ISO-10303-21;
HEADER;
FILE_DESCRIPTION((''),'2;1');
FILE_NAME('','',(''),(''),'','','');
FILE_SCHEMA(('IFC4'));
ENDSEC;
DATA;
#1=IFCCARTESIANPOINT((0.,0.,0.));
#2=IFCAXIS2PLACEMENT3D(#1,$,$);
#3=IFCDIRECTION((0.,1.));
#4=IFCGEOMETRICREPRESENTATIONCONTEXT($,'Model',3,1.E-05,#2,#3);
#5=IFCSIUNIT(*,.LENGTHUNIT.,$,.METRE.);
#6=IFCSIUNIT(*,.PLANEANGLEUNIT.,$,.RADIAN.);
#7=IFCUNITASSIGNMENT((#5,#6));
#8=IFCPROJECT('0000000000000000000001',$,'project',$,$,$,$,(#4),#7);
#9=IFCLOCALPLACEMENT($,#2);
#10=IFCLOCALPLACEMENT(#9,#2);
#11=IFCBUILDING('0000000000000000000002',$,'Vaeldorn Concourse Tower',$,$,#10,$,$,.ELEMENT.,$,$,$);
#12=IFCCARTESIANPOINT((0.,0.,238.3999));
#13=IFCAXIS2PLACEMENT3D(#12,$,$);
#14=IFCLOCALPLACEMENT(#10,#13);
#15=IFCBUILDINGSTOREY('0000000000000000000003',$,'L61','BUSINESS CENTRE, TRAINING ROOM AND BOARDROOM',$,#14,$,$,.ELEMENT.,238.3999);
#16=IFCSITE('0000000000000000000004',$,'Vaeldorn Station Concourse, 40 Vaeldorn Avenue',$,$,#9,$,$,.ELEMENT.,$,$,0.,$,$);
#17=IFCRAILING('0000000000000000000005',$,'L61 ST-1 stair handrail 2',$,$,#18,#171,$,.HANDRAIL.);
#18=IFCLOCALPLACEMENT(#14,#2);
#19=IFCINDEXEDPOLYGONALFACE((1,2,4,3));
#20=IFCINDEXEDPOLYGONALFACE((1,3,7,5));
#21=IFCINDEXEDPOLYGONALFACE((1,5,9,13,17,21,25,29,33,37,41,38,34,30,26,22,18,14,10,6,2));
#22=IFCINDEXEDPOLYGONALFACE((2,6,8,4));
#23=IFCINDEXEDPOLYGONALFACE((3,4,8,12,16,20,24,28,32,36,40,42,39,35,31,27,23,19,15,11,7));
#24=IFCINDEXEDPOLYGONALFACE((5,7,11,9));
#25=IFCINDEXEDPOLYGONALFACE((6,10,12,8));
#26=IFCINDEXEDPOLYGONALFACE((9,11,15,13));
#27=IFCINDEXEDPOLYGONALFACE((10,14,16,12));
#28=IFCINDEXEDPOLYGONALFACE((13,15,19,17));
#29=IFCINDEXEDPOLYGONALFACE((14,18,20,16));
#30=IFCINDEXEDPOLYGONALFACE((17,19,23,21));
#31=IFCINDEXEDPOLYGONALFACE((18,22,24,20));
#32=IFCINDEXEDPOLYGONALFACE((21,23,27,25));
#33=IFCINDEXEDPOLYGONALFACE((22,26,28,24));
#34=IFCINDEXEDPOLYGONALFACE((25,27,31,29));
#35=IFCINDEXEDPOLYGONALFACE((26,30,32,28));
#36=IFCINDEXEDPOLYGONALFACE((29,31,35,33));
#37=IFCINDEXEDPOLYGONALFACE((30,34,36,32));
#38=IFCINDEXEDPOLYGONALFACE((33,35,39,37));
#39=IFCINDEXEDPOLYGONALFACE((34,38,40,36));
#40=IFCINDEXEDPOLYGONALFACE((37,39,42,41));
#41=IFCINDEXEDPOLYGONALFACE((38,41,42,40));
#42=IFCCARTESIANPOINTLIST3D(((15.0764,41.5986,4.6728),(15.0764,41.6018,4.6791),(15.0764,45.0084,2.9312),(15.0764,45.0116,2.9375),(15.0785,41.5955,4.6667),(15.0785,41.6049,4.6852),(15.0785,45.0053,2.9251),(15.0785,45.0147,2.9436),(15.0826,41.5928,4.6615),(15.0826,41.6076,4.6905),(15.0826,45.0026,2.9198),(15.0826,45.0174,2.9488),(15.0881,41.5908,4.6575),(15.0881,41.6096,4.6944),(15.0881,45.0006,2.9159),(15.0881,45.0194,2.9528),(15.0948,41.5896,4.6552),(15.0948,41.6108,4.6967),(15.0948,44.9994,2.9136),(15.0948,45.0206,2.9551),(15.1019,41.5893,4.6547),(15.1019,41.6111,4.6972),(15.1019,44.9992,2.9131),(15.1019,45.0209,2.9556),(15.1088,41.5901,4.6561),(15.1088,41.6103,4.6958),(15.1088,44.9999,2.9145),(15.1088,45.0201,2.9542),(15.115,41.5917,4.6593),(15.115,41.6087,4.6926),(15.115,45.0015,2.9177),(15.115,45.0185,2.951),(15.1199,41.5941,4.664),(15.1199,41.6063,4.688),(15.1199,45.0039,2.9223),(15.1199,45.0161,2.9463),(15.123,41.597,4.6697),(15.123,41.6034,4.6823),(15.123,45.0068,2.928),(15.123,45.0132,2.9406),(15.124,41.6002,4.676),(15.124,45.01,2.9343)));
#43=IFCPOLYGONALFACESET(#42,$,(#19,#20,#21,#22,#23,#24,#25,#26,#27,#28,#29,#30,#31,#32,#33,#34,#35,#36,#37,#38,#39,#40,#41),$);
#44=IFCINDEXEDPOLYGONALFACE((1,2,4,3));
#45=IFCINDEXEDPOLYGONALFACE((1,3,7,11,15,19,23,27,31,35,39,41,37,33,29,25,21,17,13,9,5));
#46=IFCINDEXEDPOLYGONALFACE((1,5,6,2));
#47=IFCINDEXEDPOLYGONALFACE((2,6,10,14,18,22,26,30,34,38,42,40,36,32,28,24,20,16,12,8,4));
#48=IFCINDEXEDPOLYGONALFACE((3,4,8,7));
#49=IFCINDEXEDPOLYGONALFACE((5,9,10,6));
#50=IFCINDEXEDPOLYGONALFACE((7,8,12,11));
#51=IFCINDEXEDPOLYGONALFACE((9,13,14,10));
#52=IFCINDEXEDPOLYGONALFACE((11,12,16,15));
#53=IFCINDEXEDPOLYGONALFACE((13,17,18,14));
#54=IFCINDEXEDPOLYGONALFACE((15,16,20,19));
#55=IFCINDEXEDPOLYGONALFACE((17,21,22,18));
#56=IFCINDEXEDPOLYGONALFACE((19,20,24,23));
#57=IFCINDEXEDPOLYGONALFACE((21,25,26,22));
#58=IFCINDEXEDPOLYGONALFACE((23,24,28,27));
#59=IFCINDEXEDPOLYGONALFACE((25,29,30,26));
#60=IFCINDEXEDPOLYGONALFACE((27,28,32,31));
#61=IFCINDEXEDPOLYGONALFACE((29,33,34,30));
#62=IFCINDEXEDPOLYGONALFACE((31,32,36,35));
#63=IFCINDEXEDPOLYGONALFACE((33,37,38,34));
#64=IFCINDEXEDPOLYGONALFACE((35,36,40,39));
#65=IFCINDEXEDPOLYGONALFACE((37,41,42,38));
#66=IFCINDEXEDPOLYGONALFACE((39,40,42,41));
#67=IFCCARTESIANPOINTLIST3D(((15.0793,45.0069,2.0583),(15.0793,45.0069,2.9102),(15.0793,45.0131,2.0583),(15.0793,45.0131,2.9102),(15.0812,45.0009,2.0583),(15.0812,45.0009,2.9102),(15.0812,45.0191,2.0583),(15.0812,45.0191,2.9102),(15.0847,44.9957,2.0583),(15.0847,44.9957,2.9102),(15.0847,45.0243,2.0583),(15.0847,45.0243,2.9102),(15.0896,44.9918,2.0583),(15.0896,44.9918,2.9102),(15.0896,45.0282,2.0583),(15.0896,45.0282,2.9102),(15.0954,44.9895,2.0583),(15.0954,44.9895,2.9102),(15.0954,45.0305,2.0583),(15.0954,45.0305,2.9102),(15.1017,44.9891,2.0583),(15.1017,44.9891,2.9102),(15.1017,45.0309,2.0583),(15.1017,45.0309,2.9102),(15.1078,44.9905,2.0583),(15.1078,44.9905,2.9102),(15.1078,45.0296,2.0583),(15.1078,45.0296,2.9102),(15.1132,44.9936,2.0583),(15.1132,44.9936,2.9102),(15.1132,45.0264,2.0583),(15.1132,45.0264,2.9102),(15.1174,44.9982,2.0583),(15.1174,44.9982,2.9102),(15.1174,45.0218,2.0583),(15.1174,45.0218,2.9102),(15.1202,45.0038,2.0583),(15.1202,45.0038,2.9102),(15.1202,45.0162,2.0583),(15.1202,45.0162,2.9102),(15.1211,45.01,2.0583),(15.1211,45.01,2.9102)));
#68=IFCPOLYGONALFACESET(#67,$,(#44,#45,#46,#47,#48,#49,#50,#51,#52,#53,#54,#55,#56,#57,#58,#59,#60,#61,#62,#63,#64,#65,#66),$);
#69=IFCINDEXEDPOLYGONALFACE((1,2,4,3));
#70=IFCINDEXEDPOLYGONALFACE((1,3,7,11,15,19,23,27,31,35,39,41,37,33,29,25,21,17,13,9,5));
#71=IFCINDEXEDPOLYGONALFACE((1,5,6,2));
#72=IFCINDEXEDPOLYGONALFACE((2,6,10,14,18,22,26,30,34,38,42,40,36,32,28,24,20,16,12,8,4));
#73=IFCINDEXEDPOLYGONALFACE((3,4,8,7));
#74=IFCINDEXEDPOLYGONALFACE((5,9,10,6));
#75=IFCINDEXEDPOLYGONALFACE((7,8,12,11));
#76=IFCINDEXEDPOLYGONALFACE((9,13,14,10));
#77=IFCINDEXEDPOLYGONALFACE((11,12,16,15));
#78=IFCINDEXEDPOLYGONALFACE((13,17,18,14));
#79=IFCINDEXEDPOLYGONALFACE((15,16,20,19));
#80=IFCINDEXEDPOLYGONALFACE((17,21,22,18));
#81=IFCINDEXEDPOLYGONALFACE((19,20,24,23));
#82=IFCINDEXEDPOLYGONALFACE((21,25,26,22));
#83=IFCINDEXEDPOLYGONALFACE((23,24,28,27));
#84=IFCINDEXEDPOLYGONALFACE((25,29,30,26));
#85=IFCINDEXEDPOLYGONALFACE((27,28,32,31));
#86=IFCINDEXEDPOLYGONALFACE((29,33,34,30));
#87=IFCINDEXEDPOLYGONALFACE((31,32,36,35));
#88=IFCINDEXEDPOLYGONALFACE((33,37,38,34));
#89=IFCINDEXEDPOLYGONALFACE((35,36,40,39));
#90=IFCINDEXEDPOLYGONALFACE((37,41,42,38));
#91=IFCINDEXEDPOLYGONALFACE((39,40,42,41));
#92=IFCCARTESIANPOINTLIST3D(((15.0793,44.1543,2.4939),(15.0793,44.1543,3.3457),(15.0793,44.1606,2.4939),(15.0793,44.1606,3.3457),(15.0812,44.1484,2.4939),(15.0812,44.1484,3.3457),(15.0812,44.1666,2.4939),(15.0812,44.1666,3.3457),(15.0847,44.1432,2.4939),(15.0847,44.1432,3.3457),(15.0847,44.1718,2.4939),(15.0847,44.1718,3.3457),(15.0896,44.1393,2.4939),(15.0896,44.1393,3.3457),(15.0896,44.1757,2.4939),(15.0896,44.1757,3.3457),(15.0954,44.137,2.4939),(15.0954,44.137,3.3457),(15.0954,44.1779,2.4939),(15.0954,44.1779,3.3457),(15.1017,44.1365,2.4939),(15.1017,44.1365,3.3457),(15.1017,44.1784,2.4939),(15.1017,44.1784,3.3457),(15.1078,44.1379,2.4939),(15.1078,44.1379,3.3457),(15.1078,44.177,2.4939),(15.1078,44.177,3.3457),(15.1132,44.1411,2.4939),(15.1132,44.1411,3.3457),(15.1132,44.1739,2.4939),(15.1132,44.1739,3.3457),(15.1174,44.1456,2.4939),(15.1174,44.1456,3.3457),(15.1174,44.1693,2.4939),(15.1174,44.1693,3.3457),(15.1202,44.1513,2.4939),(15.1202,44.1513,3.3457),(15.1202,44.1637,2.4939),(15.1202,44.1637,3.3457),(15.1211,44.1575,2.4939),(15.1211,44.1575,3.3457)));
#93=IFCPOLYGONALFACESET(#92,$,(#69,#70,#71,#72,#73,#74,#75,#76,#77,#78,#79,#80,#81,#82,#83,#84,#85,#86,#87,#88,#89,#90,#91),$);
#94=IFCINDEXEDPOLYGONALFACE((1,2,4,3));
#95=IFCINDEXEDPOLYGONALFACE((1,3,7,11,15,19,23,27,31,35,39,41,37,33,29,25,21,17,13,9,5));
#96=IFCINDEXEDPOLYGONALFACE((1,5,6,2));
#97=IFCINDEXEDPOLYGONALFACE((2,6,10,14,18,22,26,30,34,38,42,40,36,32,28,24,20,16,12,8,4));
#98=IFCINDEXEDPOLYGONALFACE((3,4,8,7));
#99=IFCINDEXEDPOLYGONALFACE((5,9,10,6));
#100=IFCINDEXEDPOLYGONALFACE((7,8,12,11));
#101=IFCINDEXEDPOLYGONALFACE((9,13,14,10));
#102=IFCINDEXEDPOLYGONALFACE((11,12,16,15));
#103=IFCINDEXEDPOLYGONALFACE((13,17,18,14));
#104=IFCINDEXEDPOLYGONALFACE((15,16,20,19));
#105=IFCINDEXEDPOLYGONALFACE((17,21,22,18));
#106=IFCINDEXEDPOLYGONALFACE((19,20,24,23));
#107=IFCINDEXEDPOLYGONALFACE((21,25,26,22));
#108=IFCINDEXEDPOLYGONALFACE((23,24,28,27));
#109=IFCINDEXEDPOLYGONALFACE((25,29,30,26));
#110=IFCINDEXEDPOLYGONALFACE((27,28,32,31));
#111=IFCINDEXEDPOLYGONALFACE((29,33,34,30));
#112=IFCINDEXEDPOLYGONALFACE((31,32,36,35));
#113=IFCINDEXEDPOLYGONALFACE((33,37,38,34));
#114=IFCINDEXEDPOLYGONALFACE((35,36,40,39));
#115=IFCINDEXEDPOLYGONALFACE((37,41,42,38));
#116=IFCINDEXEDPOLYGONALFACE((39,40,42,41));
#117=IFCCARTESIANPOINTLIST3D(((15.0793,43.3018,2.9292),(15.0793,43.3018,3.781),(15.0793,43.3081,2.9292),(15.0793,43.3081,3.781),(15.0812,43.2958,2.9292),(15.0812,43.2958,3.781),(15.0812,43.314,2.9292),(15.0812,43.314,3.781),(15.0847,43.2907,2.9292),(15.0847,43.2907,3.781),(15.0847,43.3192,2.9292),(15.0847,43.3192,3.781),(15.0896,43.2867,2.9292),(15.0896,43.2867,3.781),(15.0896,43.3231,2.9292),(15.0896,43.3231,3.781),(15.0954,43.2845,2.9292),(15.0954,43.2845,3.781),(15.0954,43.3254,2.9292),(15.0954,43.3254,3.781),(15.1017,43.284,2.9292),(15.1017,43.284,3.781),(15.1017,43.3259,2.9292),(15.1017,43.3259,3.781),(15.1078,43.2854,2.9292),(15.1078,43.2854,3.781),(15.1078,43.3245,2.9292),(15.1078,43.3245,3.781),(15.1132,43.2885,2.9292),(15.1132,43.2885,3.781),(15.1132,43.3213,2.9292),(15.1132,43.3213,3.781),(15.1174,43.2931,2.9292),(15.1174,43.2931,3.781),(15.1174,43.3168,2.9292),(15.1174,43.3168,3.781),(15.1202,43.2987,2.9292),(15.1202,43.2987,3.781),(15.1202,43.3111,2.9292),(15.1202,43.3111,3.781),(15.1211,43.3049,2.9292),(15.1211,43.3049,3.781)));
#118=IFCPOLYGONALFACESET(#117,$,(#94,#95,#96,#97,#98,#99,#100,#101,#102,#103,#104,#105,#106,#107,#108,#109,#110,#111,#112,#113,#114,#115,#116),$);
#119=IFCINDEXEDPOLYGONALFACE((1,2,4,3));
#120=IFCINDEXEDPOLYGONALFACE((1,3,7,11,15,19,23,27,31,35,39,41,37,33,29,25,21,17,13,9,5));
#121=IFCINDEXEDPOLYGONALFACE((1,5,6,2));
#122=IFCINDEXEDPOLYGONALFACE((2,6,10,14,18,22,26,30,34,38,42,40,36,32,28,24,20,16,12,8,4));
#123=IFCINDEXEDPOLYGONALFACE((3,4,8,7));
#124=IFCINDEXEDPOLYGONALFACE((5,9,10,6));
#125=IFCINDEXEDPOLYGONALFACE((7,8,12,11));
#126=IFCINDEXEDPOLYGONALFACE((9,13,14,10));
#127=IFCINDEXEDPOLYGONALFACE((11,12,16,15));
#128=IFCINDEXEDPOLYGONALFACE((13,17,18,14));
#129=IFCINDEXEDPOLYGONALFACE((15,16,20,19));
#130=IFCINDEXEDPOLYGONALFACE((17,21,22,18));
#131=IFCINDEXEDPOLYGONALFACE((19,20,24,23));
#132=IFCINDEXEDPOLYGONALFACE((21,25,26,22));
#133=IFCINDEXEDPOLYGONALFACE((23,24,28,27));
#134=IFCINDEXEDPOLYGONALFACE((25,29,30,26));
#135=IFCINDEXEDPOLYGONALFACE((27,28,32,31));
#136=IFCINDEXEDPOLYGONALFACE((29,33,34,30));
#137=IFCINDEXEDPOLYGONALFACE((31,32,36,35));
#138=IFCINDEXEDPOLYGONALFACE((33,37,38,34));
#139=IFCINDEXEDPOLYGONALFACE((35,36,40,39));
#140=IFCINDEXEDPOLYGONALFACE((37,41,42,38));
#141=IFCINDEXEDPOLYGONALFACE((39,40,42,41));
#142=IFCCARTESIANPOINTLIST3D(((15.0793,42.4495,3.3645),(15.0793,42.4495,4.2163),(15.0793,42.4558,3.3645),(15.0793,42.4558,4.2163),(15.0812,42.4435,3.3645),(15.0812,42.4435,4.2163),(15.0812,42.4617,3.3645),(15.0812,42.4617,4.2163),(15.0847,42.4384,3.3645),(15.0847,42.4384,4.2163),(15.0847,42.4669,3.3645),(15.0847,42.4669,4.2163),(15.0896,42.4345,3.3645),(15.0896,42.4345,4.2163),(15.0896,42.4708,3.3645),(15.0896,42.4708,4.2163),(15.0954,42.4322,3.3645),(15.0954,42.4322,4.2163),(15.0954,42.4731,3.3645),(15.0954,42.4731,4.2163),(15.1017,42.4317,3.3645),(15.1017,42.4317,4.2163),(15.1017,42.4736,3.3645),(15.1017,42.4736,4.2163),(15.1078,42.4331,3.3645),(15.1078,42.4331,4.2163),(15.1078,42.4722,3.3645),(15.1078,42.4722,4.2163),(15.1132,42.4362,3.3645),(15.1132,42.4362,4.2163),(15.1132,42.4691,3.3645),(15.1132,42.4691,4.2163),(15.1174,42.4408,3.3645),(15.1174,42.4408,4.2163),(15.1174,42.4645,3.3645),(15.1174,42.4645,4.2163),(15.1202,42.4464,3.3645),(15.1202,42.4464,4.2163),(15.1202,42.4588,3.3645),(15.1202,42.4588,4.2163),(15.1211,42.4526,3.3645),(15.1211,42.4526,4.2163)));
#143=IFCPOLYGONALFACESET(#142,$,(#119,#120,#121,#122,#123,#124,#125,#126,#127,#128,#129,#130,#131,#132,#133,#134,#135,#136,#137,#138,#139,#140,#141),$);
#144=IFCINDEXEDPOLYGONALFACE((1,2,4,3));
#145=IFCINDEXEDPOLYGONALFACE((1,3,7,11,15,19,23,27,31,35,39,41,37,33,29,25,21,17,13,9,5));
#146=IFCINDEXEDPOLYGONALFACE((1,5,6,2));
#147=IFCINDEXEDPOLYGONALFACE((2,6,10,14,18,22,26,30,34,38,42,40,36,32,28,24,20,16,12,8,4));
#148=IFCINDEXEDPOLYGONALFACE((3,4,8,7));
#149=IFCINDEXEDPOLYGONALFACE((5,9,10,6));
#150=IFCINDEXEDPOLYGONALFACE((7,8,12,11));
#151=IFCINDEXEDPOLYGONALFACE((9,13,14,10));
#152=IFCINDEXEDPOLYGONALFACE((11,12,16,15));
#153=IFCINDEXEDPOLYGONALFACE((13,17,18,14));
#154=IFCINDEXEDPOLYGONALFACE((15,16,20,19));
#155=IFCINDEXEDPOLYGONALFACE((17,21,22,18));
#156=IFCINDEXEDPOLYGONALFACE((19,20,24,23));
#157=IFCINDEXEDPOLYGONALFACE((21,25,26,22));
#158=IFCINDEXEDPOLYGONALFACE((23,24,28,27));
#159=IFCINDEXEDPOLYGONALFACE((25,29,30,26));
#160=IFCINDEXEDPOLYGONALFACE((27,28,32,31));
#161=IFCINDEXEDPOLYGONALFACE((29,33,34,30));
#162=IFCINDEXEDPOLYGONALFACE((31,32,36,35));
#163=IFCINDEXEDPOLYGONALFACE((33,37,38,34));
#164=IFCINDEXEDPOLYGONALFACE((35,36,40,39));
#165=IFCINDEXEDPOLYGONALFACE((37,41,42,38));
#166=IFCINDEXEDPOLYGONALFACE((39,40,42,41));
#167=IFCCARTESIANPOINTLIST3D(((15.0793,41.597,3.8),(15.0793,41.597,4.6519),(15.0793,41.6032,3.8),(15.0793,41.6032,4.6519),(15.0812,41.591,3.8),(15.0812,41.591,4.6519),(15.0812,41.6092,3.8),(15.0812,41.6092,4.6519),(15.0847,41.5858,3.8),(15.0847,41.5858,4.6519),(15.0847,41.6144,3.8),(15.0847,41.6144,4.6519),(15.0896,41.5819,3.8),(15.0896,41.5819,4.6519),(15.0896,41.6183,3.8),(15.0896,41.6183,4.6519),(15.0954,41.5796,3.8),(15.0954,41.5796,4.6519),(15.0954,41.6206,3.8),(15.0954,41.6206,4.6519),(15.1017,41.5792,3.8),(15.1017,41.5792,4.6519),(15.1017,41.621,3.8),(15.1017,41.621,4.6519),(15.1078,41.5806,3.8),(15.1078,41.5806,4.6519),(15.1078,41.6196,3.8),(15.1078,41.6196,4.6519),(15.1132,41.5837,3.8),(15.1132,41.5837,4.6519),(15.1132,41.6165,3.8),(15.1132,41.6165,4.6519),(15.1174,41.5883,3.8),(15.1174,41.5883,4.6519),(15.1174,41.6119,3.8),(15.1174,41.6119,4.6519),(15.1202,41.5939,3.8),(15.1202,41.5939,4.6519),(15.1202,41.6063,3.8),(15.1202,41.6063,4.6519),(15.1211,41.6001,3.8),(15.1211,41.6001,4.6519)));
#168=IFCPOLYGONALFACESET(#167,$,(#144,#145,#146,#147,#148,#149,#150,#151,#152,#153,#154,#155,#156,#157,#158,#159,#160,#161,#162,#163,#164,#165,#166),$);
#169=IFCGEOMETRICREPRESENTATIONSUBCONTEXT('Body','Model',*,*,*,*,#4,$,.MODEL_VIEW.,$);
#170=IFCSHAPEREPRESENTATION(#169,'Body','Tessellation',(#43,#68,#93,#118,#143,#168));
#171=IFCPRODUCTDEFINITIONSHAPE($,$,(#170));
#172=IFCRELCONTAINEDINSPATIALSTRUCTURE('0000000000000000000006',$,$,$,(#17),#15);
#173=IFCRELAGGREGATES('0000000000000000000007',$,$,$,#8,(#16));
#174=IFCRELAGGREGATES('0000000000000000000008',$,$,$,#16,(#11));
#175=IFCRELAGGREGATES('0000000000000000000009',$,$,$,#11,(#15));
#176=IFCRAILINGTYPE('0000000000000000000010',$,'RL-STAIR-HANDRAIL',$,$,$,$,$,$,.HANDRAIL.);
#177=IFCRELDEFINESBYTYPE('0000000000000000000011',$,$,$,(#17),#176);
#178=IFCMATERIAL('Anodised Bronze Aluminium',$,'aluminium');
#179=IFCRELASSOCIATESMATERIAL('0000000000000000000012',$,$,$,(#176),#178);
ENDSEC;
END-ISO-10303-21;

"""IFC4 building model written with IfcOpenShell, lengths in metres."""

from ifc_helpers import new_model, si_unit, direction, frame, origin, origin_2d, place, context, subcontext, project, spatial, circle, extrude, material, type_object, element, save


model = new_model("IFC4")

# Units and contexts
model_context = context("Model", 3, precision=1e-05, world=origin(), true_north=direction((0.0, 1.0)))
body_context = subcontext(model_context, "Body", "Model", "MODEL_VIEW")
ifc_project = project(units=[si_unit("LENGTHUNIT", "METRE"), si_unit("PLANEANGLEUNIT", "RADIAN")], contexts=[model_context])

# Site, building, storey
site_placement = place(None, origin())
site = spatial("IfcSite", under=ifc_project, at=site_placement, Name="Vaeldorn Station Concourse, 40 Vaeldorn Avenue", CompositionType="ELEMENT", RefElevation=0.0)
building_placement = place(site_placement, origin())
building = spatial("IfcBuilding", under=site, at=building_placement, Name="Vaeldorn Concourse Tower", CompositionType="ELEMENT")
storey_placement = place(building_placement, frame((0.0, 0.0, 238.3999)))
storey = spatial("IfcBuildingStorey", under=building, at=storey_placement, Name="L61", Description="BUSINESS CENTRE, TRAINING ROOM AND BOARDROOM", CompositionType="ELEMENT", Elevation=238.3999)

# Shared definitions
ifc_material_1 = material(Name="Anodised Bronze Aluminium", Category="aluminium")

# Railing
railing_type_1 = type_object("IfcRailingType", Name="RL-STAIR-HANDRAIL", PredefinedType="HANDRAIL", material=ifc_material_1)
railing_1_placement = place(storey_placement, frame((15.1001, 45.01, 2.0583)))
element("IfcRailing", 1, at=railing_1_placement, inside=storey, type_object=railing_type_1, Name="L61 ST-1 stair handrail 2", PredefinedType="HANDRAIL", context=body_context, shape_type="SweptSolid", body=[
    extrude(circle(Radius=0.0239, at=origin_2d()), frame((0.0, 0.0, 0.876), z_axis=(0.0, -0.890556, 0.454874), x_axis=(1.0, 0.0, 0.0)), (0.0, 0.0, 1.0), 3.8289),
    extrude(circle(Radius=0.021, at=origin_2d()), origin(), (0.0, 0.0, 1.0), 0.8518),
    extrude(circle(Radius=0.021, at=origin_2d()), frame((0.0, -0.8525, 0.4355)), (0.0, 0.0, 1.0), 0.8518),
    extrude(circle(Radius=0.021, at=origin_2d()), frame((0.0, -1.7051, 0.8708)), (0.0, 0.0, 1.0), 0.8518),
    extrude(circle(Radius=0.021, at=origin_2d()), frame((0.0, -2.5574, 1.3062)), (0.0, 0.0, 1.0), 0.8518),
    extrude(circle(Radius=0.021, at=origin_2d()), frame((0.0, -3.4099, 1.7417)), (0.0, 0.0, 1.0), 0.8518),
])

save(model, "model.ifc")
